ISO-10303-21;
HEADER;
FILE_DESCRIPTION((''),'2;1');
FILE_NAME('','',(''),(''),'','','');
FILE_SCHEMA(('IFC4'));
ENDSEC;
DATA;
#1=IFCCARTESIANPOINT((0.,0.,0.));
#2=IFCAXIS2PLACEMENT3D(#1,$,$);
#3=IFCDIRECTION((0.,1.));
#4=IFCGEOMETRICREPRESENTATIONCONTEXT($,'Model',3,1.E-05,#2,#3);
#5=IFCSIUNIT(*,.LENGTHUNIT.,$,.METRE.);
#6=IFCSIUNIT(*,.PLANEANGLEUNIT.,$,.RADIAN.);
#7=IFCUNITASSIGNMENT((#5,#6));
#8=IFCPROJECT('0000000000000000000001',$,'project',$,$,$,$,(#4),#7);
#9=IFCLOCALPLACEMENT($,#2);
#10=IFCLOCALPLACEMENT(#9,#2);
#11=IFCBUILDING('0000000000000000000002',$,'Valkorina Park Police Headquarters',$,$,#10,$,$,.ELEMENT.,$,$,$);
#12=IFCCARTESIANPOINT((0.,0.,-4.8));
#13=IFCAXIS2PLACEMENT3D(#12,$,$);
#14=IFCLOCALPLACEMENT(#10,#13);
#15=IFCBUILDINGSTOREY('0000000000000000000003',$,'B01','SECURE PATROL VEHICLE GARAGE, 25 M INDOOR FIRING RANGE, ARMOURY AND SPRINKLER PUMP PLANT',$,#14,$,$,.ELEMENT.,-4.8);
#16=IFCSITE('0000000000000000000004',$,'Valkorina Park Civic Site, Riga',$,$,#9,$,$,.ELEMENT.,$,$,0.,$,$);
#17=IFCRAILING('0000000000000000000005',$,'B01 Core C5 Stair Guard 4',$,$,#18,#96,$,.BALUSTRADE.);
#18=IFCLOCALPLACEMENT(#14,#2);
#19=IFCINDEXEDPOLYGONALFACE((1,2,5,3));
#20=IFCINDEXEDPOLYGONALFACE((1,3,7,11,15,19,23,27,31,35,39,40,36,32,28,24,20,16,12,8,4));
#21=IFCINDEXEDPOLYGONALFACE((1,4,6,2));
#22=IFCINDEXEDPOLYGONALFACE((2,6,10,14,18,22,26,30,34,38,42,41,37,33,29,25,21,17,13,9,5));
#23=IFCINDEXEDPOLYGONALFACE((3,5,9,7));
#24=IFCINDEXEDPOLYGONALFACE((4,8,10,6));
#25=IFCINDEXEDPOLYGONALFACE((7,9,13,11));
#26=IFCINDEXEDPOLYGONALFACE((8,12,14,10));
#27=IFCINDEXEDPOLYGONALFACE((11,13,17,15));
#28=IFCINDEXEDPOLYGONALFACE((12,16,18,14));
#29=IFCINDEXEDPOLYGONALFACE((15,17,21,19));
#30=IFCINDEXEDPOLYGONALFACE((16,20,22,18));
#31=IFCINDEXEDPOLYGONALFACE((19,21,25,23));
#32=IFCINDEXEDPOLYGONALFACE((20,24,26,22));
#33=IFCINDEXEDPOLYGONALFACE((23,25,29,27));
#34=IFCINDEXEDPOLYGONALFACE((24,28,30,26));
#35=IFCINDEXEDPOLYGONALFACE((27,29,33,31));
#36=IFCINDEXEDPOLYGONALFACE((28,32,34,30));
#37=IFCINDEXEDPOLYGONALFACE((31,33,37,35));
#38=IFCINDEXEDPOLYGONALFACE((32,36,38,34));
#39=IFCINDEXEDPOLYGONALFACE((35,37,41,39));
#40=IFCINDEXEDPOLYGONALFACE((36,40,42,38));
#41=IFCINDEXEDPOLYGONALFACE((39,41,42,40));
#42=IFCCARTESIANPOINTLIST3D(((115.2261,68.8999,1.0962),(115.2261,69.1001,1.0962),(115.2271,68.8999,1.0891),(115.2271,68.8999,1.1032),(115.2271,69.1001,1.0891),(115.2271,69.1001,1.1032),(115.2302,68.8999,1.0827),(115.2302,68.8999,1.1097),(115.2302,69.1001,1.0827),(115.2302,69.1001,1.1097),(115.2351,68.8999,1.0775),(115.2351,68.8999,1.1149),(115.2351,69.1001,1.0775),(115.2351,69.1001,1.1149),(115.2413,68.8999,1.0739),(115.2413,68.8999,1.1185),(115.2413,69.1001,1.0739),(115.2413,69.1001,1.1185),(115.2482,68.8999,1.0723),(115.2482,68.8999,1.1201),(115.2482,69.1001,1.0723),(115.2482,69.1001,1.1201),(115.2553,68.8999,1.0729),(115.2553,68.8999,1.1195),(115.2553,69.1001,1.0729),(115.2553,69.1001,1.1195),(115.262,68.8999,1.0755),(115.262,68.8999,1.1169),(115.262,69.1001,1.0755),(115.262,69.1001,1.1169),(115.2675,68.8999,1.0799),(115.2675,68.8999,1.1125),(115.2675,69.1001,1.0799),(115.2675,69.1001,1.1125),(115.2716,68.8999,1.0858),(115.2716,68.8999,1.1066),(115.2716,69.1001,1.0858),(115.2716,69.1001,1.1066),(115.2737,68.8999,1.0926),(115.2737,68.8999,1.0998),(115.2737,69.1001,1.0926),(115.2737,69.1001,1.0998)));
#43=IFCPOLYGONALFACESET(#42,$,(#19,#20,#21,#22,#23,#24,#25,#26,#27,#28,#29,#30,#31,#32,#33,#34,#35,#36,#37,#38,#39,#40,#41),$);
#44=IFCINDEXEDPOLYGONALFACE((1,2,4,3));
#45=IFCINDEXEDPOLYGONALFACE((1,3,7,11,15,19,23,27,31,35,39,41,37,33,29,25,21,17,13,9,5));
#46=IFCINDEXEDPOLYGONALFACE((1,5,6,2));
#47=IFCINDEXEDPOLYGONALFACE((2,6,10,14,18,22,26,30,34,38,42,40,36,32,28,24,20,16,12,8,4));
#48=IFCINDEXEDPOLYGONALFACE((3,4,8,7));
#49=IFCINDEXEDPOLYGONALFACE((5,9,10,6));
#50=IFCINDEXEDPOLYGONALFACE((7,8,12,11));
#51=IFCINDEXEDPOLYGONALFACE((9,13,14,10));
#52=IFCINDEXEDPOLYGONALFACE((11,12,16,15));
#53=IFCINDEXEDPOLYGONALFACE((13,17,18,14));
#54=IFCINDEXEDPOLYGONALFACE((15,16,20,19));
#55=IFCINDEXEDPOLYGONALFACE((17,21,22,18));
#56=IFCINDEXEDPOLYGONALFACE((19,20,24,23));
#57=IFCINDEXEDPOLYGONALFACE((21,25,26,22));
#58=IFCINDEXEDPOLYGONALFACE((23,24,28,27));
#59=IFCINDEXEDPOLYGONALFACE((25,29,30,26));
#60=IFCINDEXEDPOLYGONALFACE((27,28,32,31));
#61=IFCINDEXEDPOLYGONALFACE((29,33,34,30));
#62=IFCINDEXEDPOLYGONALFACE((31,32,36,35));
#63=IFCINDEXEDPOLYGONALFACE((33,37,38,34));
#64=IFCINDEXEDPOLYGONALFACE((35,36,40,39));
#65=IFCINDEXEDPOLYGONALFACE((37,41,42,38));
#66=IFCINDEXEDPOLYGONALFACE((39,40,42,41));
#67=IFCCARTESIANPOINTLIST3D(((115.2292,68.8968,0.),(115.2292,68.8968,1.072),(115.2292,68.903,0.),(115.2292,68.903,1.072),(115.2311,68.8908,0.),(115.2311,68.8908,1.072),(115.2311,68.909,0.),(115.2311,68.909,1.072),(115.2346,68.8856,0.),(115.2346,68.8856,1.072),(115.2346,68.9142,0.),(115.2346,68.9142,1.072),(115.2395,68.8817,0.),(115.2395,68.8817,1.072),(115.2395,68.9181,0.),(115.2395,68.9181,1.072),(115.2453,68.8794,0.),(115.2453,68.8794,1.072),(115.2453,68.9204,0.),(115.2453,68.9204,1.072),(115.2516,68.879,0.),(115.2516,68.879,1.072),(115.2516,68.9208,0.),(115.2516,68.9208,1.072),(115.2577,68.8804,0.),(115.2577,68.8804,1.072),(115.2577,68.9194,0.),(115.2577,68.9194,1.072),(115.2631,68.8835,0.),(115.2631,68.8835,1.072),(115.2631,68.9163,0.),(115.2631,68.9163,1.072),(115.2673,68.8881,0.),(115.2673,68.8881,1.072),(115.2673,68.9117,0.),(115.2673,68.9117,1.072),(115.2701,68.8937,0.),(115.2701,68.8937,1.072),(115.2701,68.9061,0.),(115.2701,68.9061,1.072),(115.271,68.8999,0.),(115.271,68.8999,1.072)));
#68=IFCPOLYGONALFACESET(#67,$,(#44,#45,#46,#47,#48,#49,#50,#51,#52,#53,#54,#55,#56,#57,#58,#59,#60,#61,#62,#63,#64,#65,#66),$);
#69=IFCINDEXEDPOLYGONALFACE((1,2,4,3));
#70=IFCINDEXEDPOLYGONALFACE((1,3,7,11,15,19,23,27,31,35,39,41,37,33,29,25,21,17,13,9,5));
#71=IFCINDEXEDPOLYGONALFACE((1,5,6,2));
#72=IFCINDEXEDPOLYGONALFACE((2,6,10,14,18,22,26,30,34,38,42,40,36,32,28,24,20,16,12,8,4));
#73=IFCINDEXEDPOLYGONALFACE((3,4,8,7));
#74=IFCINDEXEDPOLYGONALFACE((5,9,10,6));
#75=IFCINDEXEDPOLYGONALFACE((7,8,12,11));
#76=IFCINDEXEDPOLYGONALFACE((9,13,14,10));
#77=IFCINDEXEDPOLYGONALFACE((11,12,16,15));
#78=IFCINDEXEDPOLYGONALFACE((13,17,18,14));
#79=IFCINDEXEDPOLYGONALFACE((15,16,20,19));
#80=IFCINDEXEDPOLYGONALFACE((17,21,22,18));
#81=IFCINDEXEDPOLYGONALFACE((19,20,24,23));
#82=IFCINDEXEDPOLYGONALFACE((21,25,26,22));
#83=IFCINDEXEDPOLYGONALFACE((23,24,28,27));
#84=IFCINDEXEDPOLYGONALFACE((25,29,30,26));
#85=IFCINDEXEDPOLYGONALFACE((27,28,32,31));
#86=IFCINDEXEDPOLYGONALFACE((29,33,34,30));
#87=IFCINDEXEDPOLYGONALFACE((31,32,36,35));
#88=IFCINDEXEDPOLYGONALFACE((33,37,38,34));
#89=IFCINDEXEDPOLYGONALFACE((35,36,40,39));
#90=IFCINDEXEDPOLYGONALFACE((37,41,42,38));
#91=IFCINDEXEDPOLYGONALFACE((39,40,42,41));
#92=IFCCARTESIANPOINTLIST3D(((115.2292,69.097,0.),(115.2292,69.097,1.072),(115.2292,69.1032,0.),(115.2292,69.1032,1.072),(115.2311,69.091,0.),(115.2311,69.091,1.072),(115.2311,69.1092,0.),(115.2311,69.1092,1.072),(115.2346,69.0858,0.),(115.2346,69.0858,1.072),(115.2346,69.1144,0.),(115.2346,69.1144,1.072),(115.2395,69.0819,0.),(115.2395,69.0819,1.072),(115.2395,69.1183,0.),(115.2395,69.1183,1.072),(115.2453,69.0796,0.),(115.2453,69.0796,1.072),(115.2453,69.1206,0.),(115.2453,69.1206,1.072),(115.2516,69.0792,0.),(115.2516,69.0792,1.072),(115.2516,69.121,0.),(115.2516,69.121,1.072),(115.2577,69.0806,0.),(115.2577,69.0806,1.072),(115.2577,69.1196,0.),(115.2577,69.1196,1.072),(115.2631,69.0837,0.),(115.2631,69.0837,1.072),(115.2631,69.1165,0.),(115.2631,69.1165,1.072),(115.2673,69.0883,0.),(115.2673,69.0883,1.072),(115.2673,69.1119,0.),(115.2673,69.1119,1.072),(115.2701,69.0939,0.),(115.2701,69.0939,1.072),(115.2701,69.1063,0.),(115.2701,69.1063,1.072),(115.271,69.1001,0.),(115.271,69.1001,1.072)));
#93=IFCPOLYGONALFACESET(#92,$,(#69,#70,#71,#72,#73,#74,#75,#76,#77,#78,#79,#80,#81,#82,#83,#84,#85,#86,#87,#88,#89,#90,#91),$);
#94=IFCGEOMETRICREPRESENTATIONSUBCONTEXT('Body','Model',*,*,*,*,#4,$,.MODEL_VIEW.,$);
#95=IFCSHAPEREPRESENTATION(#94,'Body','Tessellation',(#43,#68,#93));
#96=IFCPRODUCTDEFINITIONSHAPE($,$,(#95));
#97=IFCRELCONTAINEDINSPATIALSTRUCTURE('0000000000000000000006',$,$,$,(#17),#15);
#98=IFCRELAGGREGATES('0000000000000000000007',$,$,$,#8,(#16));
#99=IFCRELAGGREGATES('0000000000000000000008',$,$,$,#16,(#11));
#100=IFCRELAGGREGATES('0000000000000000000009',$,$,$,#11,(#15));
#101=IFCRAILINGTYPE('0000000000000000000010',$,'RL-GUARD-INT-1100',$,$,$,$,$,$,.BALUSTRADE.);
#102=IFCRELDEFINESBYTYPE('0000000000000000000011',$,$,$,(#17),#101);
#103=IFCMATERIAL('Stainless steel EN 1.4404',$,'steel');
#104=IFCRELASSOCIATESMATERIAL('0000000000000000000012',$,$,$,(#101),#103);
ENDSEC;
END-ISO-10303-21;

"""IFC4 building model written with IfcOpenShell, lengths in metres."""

from ifc_helpers import new_model, si_unit, direction, frame, origin, origin_2d, place, context, subcontext, project, spatial, circle, extrude, material, type_object, element, save


model = new_model("IFC4")

# Units and contexts
model_context = context("Model", 3, precision=1e-05, world=origin(), true_north=direction((0.0, 1.0)))
body_context = subcontext(model_context, "Body", "Model", "MODEL_VIEW")
ifc_project = project(units=[si_unit("LENGTHUNIT", "METRE"), si_unit("PLANEANGLEUNIT", "RADIAN")], contexts=[model_context])

# Site, building, storey
site_placement = place(None, origin())
site = spatial("IfcSite", under=ifc_project, at=site_placement, Name="Valkorina Park Civic Site, Riga", CompositionType="ELEMENT", RefElevation=0.0)
building_placement = place(site_placement, origin())
building = spatial("IfcBuilding", under=site, at=building_placement, Name="Valkorina Park Police Headquarters", CompositionType="ELEMENT")
storey_placement = place(building_placement, frame((0.0, 0.0, -4.8)))
storey = spatial("IfcBuildingStorey", under=building, at=storey_placement, Name="B01", Description="SECURE PATROL VEHICLE GARAGE, 25 M INDOOR FIRING RANGE, ARMOURY AND SPRINKLER PUMP PLANT", CompositionType="ELEMENT", Elevation=-4.8)

# Railing
ifc_material_1 = material(Name="Stainless steel EN 1.4404", Category="steel")
railing_type_1 = type_object("IfcRailingType", Name="RL-GUARD-INT-1100", PredefinedType="BALUSTRADE", material=ifc_material_1)
railing_1_placement = place(storey_placement, frame((115.25, 68.8999, 0.0)))
element("IfcRailing", 1, at=railing_1_placement, inside=storey, type_object=railing_type_1, Name="B01 Core C5 Stair Guard 4", PredefinedType="BALUSTRADE", context=body_context, shape_type="SweptSolid", body=[
    extrude(circle(Radius=0.0239, at=origin_2d()), frame((0.0, 0.0, 1.0962), z_axis=(0.0, 1.0, 0.0), x_axis=(-1.0, 0.0, 0.0)), (0.0, 0.0, 1.0), 0.2002),
    extrude(circle(Radius=0.021, at=origin_2d()), origin(), (0.0, 0.0, 1.0), 1.072),
    extrude(circle(Radius=0.021, at=origin_2d()), frame((0.0, 0.2002, 0.0)), (0.0, 0.0, 1.0), 1.072),
])

save(model, "model.ifc")
